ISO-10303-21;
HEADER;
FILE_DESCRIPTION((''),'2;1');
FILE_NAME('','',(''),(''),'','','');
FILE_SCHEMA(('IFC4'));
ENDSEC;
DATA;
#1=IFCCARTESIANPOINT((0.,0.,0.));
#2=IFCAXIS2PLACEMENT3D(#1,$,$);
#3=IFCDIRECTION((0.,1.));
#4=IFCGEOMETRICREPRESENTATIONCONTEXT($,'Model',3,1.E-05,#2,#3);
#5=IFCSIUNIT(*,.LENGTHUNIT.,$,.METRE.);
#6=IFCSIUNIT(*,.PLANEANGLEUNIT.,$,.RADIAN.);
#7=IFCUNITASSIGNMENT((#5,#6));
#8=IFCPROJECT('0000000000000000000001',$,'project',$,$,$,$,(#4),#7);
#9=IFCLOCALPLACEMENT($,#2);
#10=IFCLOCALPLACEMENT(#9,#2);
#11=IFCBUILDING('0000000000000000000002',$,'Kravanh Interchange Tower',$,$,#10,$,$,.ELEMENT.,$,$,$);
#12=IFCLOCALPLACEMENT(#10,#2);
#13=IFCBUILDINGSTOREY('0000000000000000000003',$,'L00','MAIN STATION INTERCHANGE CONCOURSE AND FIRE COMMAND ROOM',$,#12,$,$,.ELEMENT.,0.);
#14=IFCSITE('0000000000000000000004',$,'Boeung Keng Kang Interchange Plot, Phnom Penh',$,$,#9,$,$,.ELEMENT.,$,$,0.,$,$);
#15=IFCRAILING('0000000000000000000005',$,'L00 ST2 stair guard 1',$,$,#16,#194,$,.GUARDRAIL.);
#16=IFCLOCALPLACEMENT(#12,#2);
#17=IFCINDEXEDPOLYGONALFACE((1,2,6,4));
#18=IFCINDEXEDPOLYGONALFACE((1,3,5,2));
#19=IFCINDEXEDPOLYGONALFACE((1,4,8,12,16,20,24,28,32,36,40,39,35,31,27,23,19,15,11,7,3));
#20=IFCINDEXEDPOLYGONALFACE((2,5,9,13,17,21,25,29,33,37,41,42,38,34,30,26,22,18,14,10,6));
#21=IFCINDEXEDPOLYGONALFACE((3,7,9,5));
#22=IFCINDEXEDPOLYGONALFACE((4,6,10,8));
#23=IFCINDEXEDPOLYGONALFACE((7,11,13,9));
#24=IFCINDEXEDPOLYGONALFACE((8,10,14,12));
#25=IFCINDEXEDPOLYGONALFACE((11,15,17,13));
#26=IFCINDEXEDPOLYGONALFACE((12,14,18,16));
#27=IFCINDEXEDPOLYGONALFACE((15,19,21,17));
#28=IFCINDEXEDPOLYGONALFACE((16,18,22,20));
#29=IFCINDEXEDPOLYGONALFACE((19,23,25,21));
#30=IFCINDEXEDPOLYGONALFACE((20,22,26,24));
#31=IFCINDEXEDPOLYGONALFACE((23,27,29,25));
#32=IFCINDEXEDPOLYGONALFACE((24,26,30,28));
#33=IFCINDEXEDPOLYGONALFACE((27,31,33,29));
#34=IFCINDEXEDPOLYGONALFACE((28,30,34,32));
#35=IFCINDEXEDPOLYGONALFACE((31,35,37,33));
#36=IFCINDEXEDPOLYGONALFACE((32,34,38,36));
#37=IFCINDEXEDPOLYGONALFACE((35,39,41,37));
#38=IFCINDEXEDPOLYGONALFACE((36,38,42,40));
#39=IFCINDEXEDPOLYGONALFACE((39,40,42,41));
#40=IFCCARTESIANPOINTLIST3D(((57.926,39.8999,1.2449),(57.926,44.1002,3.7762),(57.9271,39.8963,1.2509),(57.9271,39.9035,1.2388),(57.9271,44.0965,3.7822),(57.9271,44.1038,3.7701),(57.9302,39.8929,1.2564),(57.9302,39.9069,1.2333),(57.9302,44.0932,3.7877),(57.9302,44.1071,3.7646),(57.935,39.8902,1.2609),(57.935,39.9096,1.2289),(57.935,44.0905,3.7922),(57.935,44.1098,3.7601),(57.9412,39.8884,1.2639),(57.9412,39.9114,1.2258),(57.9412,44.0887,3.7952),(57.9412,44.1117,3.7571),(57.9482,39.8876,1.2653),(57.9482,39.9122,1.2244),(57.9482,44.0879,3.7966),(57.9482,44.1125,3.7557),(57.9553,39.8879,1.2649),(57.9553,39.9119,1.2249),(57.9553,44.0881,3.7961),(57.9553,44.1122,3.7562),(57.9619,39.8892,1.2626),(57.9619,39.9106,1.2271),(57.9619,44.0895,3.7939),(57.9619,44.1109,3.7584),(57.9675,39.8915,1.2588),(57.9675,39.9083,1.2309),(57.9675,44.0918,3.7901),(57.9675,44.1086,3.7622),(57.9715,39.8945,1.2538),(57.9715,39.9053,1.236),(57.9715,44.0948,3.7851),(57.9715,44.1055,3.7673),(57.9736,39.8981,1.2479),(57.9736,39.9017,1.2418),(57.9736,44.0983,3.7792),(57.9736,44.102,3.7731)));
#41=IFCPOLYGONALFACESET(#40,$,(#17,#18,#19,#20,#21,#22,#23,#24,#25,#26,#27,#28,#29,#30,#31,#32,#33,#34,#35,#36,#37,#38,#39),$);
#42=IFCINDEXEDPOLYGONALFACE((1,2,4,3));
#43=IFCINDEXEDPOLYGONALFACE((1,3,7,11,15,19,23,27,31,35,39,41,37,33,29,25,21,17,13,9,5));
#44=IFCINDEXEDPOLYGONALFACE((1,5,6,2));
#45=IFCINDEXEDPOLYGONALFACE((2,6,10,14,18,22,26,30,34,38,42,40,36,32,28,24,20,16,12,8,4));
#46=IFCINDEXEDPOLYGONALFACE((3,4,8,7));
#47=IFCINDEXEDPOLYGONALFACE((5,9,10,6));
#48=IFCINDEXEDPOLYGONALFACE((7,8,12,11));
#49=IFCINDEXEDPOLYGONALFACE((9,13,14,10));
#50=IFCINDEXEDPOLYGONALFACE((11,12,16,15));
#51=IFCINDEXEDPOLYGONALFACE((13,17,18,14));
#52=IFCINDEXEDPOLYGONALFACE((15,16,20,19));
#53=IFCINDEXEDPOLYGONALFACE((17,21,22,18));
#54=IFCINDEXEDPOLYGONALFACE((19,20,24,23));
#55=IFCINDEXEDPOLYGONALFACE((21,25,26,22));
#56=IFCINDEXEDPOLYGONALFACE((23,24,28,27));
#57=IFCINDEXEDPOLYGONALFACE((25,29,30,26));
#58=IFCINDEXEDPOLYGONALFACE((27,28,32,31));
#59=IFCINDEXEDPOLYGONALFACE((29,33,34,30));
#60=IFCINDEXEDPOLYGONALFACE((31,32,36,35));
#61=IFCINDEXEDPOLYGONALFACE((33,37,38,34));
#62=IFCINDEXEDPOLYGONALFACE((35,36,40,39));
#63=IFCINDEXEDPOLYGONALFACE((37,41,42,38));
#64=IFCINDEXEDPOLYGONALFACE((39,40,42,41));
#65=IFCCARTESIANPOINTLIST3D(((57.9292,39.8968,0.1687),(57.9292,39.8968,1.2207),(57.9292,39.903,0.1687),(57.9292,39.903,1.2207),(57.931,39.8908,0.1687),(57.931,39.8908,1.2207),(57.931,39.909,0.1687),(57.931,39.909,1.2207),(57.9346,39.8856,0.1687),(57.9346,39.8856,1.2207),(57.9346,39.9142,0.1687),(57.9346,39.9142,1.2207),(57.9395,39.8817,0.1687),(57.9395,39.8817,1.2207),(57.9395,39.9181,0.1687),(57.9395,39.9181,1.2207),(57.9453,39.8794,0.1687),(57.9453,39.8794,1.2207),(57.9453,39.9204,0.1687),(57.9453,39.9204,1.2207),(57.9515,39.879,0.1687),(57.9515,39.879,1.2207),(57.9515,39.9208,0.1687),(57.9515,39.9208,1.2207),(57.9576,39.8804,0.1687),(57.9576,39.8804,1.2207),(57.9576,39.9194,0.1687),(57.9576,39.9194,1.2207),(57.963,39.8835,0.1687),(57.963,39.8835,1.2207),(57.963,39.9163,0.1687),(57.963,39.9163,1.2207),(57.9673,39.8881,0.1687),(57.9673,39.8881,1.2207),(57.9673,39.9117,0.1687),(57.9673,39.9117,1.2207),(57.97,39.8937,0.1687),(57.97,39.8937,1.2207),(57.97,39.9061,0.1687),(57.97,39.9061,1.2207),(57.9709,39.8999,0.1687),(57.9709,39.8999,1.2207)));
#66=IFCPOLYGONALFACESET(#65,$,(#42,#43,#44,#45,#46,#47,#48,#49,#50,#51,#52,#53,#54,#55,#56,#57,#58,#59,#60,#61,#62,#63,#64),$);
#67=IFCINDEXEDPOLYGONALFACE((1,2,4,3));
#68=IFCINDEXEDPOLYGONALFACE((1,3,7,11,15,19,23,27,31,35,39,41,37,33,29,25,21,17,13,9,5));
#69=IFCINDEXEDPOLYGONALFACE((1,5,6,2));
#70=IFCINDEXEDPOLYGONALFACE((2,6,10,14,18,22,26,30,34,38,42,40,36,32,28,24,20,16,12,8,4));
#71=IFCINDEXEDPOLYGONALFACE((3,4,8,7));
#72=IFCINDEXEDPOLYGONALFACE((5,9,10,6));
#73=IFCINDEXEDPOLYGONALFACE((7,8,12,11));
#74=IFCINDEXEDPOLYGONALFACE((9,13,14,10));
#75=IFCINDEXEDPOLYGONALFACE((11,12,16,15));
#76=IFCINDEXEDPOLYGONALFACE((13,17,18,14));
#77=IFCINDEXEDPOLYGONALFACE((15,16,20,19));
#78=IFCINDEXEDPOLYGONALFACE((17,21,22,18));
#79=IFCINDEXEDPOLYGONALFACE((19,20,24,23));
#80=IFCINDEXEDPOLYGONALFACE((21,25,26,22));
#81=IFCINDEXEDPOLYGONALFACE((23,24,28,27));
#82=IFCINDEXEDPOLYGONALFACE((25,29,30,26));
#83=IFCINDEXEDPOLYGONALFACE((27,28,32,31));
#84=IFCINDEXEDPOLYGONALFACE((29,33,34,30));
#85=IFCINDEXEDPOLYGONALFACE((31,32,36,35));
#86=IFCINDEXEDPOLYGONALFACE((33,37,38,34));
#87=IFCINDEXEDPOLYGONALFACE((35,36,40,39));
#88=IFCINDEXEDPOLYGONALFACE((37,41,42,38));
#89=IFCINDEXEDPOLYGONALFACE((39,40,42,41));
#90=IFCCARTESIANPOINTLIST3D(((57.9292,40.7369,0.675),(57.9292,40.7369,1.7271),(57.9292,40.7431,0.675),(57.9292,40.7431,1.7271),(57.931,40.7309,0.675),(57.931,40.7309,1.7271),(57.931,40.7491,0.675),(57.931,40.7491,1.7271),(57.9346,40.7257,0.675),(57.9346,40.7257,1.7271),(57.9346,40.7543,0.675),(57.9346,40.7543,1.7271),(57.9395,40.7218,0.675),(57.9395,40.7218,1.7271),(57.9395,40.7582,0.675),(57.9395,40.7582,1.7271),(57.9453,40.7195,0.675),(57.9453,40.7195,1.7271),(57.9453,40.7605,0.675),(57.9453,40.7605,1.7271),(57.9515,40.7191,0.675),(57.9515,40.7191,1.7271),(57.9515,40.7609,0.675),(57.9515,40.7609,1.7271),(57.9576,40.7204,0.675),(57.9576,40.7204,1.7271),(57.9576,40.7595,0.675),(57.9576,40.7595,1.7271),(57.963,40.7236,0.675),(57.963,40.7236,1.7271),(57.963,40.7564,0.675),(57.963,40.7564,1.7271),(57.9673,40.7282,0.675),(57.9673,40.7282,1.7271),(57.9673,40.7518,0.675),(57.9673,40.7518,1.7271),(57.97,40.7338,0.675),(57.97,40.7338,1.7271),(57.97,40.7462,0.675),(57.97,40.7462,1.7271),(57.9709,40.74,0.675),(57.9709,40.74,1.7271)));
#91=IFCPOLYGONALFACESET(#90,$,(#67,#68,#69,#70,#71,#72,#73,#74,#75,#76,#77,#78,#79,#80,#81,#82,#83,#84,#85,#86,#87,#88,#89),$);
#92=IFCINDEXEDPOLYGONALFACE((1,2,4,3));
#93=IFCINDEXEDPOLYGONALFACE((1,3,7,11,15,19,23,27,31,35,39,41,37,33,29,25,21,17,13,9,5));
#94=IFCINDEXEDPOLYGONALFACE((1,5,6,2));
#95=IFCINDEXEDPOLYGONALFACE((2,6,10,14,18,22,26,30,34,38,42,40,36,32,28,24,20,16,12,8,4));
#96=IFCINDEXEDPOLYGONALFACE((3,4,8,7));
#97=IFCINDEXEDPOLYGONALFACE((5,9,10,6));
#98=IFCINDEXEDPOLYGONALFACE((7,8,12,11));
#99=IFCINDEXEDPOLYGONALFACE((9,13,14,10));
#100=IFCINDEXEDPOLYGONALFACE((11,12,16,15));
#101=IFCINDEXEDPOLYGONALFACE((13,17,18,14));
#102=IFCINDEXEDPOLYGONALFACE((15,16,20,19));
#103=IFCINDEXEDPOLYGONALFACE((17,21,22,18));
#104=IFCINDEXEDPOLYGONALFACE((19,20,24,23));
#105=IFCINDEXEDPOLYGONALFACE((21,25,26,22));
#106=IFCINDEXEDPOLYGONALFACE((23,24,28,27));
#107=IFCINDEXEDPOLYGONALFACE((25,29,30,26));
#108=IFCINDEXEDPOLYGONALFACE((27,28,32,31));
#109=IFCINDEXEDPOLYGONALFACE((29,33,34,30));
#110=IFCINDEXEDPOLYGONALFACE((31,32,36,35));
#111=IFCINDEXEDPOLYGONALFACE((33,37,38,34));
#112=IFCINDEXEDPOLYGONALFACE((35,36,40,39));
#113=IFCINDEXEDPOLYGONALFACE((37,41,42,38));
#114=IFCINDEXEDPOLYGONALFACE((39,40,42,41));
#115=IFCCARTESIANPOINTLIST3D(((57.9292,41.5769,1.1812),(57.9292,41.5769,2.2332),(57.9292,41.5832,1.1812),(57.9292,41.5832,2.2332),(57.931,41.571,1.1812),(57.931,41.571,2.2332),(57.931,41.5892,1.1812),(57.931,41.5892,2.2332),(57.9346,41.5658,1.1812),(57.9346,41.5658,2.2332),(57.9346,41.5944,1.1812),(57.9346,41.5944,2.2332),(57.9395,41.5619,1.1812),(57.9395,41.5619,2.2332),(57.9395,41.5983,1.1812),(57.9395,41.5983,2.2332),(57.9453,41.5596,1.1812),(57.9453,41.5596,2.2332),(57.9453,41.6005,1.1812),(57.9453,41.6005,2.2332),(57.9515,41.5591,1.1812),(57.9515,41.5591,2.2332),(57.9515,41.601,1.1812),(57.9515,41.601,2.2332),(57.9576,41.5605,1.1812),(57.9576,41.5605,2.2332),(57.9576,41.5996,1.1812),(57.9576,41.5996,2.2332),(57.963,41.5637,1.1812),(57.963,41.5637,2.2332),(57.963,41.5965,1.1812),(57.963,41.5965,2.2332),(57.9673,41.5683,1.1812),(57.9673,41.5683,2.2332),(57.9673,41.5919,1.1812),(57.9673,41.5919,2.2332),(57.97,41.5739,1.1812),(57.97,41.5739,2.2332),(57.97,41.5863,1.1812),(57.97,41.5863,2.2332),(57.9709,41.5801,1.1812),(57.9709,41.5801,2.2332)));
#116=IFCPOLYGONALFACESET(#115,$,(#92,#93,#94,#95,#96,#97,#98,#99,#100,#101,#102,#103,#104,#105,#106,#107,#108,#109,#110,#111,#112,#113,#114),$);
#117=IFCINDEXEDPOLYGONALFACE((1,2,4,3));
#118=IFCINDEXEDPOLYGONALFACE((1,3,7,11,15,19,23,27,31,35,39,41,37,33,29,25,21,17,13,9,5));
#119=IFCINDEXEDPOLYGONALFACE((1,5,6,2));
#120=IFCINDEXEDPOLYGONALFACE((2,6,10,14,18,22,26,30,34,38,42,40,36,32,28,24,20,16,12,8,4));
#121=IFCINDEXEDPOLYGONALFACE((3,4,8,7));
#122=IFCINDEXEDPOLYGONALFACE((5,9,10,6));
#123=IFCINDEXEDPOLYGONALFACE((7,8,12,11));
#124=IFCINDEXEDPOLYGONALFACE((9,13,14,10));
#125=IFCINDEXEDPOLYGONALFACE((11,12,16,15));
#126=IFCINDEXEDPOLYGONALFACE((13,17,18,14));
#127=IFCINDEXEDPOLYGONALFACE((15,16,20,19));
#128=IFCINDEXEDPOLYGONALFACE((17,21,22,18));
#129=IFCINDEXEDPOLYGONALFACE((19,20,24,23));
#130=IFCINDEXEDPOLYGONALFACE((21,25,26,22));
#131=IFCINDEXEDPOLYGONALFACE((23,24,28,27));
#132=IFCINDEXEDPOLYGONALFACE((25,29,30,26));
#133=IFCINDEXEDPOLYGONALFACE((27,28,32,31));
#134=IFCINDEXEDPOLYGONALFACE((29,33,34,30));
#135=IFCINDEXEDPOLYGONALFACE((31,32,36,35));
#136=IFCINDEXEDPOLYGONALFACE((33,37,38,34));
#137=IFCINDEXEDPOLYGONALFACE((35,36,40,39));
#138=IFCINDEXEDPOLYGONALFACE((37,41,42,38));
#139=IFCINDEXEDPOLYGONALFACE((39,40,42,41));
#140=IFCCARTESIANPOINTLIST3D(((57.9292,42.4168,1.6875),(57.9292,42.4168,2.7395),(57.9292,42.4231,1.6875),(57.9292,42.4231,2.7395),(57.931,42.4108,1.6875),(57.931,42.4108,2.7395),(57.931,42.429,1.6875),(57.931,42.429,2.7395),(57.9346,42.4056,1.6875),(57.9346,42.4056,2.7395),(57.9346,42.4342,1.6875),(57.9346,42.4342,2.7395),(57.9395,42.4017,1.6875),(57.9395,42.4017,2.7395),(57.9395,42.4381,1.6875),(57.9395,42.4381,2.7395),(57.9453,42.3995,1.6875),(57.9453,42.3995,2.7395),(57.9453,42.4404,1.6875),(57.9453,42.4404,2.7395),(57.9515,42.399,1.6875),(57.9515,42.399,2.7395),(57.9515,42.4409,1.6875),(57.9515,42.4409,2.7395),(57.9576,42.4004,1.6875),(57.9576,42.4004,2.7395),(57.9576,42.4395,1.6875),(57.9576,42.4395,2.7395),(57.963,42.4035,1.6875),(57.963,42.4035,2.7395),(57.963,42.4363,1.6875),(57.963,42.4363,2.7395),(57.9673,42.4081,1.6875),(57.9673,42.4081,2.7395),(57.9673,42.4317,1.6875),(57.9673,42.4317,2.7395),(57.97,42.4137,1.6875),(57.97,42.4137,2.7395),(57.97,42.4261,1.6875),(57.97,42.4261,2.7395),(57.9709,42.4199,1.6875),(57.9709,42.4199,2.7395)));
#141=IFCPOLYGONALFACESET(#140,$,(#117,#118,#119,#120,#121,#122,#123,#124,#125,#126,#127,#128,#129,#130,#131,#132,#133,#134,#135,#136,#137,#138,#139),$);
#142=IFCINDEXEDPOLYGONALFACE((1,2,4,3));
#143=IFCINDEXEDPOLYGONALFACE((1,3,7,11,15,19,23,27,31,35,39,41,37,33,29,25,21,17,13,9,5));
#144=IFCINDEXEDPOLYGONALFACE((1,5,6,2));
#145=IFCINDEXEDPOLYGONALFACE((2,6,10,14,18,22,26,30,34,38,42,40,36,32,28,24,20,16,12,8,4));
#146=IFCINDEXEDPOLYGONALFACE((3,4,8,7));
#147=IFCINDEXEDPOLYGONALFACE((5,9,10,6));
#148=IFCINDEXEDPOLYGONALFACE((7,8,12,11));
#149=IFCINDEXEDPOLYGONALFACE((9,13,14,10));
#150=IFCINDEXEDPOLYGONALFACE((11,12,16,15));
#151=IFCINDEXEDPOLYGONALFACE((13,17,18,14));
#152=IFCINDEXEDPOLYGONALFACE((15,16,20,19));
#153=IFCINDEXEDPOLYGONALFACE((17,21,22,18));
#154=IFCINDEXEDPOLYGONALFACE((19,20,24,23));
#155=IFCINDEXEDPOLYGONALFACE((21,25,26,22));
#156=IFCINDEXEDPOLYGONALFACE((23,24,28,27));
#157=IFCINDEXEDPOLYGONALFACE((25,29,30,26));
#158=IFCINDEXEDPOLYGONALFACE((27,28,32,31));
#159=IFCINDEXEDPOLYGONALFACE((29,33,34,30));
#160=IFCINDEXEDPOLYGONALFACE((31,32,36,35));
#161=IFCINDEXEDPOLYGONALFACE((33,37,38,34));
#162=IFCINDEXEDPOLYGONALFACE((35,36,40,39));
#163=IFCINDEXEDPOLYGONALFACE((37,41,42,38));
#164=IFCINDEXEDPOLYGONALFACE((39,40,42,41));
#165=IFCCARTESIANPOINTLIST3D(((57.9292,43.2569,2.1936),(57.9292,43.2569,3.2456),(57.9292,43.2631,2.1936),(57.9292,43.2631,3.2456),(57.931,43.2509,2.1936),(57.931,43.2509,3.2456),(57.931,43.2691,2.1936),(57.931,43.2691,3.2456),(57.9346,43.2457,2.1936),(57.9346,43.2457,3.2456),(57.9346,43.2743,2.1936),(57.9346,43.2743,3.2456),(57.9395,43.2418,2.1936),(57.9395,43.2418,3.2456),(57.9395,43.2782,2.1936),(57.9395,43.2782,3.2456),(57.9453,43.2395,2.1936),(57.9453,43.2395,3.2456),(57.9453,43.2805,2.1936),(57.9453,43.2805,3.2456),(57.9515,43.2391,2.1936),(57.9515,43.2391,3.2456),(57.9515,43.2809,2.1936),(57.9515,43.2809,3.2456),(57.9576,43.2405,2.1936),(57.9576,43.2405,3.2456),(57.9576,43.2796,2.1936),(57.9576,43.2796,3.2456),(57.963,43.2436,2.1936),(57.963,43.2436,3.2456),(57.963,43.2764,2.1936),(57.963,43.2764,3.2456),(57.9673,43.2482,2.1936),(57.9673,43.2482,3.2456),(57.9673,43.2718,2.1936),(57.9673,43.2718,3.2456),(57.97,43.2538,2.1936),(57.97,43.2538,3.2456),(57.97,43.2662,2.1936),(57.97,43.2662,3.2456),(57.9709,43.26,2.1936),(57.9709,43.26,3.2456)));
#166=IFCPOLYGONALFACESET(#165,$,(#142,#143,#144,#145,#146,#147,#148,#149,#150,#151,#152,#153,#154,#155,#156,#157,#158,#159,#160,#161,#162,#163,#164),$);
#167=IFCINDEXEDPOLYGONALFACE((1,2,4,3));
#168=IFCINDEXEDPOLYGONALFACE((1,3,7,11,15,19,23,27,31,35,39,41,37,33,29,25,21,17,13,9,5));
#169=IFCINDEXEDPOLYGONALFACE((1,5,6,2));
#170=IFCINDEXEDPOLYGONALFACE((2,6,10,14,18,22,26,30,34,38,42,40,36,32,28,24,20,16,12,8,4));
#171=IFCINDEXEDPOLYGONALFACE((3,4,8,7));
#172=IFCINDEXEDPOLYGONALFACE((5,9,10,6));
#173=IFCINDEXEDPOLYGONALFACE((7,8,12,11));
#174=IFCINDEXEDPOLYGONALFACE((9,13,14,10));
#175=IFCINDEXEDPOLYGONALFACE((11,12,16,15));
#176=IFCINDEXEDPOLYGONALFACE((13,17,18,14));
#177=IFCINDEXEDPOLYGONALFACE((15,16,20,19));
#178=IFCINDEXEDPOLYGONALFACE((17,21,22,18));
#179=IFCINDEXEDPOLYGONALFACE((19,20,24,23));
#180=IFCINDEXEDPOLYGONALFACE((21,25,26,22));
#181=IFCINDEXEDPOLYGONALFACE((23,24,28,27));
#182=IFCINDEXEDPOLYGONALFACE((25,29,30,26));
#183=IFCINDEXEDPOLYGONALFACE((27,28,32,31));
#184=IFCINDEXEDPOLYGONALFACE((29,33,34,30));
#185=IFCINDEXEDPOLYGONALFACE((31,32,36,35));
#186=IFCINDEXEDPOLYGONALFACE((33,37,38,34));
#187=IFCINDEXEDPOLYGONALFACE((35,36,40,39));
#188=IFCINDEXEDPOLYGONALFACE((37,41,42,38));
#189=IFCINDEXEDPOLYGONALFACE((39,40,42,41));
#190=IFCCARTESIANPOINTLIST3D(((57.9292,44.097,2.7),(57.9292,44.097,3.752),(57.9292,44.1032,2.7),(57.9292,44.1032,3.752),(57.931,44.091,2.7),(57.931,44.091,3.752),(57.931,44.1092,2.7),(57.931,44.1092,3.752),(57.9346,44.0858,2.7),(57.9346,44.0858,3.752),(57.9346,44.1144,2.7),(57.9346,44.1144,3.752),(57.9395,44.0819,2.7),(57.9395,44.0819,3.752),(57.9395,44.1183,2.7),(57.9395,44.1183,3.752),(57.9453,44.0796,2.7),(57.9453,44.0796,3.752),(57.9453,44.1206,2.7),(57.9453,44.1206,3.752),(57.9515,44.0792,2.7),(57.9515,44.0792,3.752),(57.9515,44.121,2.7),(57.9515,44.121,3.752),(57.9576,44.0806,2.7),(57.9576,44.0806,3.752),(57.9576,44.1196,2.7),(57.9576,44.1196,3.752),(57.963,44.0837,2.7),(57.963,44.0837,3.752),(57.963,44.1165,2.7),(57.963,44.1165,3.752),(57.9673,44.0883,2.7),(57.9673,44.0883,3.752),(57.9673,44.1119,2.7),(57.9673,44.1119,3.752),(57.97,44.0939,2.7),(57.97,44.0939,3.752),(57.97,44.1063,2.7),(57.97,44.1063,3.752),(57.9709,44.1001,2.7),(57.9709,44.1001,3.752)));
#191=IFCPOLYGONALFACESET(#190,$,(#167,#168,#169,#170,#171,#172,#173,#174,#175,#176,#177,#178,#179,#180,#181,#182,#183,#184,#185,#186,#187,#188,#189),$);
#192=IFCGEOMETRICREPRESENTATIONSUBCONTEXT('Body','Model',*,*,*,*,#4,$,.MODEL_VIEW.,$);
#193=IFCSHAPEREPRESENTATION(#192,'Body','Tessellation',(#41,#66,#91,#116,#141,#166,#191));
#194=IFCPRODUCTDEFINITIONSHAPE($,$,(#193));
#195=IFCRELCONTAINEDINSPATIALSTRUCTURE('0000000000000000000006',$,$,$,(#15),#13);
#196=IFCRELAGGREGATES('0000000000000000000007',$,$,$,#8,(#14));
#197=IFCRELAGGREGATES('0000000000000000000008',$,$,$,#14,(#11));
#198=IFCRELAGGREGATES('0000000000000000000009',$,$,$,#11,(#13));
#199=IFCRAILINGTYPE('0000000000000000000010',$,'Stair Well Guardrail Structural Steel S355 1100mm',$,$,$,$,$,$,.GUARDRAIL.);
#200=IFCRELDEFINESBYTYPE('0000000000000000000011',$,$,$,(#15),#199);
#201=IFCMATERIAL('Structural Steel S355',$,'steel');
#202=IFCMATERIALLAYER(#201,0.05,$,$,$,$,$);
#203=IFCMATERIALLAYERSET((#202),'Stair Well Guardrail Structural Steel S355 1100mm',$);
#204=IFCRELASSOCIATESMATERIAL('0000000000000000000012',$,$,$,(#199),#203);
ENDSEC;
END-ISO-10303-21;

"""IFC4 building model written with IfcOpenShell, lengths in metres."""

from ifc_helpers import new_model, si_unit, direction, frame, origin, origin_2d, place, context, subcontext, project, spatial, circle, extrude, material, layer, layer_set, type_object, element, save


model = new_model("IFC4")

# Units and contexts
model_context = context("Model", 3, precision=1e-05, world=origin(), true_north=direction((0.0, 1.0)))
body_context = subcontext(model_context, "Body", "Model", "MODEL_VIEW")
ifc_project = project(units=[si_unit("LENGTHUNIT", "METRE"), si_unit("PLANEANGLEUNIT", "RADIAN")], contexts=[model_context])

# Site, building, storey
site_placement = place(None, origin())
site = spatial("IfcSite", under=ifc_project, at=site_placement, Name="Boeung Keng Kang Interchange Plot, Phnom Penh", CompositionType="ELEMENT", RefElevation=0.0)
building_placement = place(site_placement, origin())
building = spatial("IfcBuilding", under=site, at=building_placement, Name="Kravanh Interchange Tower", CompositionType="ELEMENT")
storey_placement = place(building_placement, origin())
storey = spatial("IfcBuildingStorey", under=building, at=storey_placement, Name="L00", Description="MAIN STATION INTERCHANGE CONCOURSE AND FIRE COMMAND ROOM", CompositionType="ELEMENT", Elevation=0.0)

# Railing
ifc_material_1 = material(Name="Structural Steel S355", Category="steel")
ifc_layer_1 = layer(ifc_material_1, 0.05)
ifc_layer_set_1 = layer_set([ifc_layer_1], Name="Stair Well Guardrail Structural Steel S355 1100mm")
railing_type_1 = type_object("IfcRailingType", Name="Stair Well Guardrail Structural Steel S355 1100mm", PredefinedType="GUARDRAIL", material=ifc_layer_set_1)
railing_1_placement = place(storey_placement, frame((57.95, 39.8999, 0.1687)))
element("IfcRailing", 1, at=railing_1_placement, inside=storey, type_object=railing_type_1, Name="L00 ST2 stair guard 1", PredefinedType="GUARDRAIL", context=body_context, shape_type="SweptSolid", body=[
    extrude(circle(Radius=0.0239, at=origin_2d()), frame((0.0, 0.0, 1.0762), z_axis=(0.0, 0.85649, 0.516164), x_axis=(-1.0, 0.0, 0.0)), (0.0, 0.0, 1.0), 4.9041),
    extrude(circle(Radius=0.021, at=origin_2d()), origin(), (0.0, 0.0, 1.0), 1.052),
    extrude(circle(Radius=0.021, at=origin_2d()), frame((0.0, 0.8401, 0.5063)), (0.0, 0.0, 1.0), 1.052),
    extrude(circle(Radius=0.021, at=origin_2d()), frame((0.0, 1.6802, 1.0125)), (0.0, 0.0, 1.0), 1.052),
    extrude(circle(Radius=0.021, at=origin_2d()), frame((0.0, 2.52, 1.5188)), (0.0, 0.0, 1.0), 1.052),
    extrude(circle(Radius=0.021, at=origin_2d()), frame((0.0, 3.3601, 2.0249)), (0.0, 0.0, 1.0), 1.052),
    extrude(circle(Radius=0.021, at=origin_2d()), frame((0.0, 4.2002, 2.5312)), (0.0, 0.0, 1.0), 1.052),
])

save(model, "model.ifc")
